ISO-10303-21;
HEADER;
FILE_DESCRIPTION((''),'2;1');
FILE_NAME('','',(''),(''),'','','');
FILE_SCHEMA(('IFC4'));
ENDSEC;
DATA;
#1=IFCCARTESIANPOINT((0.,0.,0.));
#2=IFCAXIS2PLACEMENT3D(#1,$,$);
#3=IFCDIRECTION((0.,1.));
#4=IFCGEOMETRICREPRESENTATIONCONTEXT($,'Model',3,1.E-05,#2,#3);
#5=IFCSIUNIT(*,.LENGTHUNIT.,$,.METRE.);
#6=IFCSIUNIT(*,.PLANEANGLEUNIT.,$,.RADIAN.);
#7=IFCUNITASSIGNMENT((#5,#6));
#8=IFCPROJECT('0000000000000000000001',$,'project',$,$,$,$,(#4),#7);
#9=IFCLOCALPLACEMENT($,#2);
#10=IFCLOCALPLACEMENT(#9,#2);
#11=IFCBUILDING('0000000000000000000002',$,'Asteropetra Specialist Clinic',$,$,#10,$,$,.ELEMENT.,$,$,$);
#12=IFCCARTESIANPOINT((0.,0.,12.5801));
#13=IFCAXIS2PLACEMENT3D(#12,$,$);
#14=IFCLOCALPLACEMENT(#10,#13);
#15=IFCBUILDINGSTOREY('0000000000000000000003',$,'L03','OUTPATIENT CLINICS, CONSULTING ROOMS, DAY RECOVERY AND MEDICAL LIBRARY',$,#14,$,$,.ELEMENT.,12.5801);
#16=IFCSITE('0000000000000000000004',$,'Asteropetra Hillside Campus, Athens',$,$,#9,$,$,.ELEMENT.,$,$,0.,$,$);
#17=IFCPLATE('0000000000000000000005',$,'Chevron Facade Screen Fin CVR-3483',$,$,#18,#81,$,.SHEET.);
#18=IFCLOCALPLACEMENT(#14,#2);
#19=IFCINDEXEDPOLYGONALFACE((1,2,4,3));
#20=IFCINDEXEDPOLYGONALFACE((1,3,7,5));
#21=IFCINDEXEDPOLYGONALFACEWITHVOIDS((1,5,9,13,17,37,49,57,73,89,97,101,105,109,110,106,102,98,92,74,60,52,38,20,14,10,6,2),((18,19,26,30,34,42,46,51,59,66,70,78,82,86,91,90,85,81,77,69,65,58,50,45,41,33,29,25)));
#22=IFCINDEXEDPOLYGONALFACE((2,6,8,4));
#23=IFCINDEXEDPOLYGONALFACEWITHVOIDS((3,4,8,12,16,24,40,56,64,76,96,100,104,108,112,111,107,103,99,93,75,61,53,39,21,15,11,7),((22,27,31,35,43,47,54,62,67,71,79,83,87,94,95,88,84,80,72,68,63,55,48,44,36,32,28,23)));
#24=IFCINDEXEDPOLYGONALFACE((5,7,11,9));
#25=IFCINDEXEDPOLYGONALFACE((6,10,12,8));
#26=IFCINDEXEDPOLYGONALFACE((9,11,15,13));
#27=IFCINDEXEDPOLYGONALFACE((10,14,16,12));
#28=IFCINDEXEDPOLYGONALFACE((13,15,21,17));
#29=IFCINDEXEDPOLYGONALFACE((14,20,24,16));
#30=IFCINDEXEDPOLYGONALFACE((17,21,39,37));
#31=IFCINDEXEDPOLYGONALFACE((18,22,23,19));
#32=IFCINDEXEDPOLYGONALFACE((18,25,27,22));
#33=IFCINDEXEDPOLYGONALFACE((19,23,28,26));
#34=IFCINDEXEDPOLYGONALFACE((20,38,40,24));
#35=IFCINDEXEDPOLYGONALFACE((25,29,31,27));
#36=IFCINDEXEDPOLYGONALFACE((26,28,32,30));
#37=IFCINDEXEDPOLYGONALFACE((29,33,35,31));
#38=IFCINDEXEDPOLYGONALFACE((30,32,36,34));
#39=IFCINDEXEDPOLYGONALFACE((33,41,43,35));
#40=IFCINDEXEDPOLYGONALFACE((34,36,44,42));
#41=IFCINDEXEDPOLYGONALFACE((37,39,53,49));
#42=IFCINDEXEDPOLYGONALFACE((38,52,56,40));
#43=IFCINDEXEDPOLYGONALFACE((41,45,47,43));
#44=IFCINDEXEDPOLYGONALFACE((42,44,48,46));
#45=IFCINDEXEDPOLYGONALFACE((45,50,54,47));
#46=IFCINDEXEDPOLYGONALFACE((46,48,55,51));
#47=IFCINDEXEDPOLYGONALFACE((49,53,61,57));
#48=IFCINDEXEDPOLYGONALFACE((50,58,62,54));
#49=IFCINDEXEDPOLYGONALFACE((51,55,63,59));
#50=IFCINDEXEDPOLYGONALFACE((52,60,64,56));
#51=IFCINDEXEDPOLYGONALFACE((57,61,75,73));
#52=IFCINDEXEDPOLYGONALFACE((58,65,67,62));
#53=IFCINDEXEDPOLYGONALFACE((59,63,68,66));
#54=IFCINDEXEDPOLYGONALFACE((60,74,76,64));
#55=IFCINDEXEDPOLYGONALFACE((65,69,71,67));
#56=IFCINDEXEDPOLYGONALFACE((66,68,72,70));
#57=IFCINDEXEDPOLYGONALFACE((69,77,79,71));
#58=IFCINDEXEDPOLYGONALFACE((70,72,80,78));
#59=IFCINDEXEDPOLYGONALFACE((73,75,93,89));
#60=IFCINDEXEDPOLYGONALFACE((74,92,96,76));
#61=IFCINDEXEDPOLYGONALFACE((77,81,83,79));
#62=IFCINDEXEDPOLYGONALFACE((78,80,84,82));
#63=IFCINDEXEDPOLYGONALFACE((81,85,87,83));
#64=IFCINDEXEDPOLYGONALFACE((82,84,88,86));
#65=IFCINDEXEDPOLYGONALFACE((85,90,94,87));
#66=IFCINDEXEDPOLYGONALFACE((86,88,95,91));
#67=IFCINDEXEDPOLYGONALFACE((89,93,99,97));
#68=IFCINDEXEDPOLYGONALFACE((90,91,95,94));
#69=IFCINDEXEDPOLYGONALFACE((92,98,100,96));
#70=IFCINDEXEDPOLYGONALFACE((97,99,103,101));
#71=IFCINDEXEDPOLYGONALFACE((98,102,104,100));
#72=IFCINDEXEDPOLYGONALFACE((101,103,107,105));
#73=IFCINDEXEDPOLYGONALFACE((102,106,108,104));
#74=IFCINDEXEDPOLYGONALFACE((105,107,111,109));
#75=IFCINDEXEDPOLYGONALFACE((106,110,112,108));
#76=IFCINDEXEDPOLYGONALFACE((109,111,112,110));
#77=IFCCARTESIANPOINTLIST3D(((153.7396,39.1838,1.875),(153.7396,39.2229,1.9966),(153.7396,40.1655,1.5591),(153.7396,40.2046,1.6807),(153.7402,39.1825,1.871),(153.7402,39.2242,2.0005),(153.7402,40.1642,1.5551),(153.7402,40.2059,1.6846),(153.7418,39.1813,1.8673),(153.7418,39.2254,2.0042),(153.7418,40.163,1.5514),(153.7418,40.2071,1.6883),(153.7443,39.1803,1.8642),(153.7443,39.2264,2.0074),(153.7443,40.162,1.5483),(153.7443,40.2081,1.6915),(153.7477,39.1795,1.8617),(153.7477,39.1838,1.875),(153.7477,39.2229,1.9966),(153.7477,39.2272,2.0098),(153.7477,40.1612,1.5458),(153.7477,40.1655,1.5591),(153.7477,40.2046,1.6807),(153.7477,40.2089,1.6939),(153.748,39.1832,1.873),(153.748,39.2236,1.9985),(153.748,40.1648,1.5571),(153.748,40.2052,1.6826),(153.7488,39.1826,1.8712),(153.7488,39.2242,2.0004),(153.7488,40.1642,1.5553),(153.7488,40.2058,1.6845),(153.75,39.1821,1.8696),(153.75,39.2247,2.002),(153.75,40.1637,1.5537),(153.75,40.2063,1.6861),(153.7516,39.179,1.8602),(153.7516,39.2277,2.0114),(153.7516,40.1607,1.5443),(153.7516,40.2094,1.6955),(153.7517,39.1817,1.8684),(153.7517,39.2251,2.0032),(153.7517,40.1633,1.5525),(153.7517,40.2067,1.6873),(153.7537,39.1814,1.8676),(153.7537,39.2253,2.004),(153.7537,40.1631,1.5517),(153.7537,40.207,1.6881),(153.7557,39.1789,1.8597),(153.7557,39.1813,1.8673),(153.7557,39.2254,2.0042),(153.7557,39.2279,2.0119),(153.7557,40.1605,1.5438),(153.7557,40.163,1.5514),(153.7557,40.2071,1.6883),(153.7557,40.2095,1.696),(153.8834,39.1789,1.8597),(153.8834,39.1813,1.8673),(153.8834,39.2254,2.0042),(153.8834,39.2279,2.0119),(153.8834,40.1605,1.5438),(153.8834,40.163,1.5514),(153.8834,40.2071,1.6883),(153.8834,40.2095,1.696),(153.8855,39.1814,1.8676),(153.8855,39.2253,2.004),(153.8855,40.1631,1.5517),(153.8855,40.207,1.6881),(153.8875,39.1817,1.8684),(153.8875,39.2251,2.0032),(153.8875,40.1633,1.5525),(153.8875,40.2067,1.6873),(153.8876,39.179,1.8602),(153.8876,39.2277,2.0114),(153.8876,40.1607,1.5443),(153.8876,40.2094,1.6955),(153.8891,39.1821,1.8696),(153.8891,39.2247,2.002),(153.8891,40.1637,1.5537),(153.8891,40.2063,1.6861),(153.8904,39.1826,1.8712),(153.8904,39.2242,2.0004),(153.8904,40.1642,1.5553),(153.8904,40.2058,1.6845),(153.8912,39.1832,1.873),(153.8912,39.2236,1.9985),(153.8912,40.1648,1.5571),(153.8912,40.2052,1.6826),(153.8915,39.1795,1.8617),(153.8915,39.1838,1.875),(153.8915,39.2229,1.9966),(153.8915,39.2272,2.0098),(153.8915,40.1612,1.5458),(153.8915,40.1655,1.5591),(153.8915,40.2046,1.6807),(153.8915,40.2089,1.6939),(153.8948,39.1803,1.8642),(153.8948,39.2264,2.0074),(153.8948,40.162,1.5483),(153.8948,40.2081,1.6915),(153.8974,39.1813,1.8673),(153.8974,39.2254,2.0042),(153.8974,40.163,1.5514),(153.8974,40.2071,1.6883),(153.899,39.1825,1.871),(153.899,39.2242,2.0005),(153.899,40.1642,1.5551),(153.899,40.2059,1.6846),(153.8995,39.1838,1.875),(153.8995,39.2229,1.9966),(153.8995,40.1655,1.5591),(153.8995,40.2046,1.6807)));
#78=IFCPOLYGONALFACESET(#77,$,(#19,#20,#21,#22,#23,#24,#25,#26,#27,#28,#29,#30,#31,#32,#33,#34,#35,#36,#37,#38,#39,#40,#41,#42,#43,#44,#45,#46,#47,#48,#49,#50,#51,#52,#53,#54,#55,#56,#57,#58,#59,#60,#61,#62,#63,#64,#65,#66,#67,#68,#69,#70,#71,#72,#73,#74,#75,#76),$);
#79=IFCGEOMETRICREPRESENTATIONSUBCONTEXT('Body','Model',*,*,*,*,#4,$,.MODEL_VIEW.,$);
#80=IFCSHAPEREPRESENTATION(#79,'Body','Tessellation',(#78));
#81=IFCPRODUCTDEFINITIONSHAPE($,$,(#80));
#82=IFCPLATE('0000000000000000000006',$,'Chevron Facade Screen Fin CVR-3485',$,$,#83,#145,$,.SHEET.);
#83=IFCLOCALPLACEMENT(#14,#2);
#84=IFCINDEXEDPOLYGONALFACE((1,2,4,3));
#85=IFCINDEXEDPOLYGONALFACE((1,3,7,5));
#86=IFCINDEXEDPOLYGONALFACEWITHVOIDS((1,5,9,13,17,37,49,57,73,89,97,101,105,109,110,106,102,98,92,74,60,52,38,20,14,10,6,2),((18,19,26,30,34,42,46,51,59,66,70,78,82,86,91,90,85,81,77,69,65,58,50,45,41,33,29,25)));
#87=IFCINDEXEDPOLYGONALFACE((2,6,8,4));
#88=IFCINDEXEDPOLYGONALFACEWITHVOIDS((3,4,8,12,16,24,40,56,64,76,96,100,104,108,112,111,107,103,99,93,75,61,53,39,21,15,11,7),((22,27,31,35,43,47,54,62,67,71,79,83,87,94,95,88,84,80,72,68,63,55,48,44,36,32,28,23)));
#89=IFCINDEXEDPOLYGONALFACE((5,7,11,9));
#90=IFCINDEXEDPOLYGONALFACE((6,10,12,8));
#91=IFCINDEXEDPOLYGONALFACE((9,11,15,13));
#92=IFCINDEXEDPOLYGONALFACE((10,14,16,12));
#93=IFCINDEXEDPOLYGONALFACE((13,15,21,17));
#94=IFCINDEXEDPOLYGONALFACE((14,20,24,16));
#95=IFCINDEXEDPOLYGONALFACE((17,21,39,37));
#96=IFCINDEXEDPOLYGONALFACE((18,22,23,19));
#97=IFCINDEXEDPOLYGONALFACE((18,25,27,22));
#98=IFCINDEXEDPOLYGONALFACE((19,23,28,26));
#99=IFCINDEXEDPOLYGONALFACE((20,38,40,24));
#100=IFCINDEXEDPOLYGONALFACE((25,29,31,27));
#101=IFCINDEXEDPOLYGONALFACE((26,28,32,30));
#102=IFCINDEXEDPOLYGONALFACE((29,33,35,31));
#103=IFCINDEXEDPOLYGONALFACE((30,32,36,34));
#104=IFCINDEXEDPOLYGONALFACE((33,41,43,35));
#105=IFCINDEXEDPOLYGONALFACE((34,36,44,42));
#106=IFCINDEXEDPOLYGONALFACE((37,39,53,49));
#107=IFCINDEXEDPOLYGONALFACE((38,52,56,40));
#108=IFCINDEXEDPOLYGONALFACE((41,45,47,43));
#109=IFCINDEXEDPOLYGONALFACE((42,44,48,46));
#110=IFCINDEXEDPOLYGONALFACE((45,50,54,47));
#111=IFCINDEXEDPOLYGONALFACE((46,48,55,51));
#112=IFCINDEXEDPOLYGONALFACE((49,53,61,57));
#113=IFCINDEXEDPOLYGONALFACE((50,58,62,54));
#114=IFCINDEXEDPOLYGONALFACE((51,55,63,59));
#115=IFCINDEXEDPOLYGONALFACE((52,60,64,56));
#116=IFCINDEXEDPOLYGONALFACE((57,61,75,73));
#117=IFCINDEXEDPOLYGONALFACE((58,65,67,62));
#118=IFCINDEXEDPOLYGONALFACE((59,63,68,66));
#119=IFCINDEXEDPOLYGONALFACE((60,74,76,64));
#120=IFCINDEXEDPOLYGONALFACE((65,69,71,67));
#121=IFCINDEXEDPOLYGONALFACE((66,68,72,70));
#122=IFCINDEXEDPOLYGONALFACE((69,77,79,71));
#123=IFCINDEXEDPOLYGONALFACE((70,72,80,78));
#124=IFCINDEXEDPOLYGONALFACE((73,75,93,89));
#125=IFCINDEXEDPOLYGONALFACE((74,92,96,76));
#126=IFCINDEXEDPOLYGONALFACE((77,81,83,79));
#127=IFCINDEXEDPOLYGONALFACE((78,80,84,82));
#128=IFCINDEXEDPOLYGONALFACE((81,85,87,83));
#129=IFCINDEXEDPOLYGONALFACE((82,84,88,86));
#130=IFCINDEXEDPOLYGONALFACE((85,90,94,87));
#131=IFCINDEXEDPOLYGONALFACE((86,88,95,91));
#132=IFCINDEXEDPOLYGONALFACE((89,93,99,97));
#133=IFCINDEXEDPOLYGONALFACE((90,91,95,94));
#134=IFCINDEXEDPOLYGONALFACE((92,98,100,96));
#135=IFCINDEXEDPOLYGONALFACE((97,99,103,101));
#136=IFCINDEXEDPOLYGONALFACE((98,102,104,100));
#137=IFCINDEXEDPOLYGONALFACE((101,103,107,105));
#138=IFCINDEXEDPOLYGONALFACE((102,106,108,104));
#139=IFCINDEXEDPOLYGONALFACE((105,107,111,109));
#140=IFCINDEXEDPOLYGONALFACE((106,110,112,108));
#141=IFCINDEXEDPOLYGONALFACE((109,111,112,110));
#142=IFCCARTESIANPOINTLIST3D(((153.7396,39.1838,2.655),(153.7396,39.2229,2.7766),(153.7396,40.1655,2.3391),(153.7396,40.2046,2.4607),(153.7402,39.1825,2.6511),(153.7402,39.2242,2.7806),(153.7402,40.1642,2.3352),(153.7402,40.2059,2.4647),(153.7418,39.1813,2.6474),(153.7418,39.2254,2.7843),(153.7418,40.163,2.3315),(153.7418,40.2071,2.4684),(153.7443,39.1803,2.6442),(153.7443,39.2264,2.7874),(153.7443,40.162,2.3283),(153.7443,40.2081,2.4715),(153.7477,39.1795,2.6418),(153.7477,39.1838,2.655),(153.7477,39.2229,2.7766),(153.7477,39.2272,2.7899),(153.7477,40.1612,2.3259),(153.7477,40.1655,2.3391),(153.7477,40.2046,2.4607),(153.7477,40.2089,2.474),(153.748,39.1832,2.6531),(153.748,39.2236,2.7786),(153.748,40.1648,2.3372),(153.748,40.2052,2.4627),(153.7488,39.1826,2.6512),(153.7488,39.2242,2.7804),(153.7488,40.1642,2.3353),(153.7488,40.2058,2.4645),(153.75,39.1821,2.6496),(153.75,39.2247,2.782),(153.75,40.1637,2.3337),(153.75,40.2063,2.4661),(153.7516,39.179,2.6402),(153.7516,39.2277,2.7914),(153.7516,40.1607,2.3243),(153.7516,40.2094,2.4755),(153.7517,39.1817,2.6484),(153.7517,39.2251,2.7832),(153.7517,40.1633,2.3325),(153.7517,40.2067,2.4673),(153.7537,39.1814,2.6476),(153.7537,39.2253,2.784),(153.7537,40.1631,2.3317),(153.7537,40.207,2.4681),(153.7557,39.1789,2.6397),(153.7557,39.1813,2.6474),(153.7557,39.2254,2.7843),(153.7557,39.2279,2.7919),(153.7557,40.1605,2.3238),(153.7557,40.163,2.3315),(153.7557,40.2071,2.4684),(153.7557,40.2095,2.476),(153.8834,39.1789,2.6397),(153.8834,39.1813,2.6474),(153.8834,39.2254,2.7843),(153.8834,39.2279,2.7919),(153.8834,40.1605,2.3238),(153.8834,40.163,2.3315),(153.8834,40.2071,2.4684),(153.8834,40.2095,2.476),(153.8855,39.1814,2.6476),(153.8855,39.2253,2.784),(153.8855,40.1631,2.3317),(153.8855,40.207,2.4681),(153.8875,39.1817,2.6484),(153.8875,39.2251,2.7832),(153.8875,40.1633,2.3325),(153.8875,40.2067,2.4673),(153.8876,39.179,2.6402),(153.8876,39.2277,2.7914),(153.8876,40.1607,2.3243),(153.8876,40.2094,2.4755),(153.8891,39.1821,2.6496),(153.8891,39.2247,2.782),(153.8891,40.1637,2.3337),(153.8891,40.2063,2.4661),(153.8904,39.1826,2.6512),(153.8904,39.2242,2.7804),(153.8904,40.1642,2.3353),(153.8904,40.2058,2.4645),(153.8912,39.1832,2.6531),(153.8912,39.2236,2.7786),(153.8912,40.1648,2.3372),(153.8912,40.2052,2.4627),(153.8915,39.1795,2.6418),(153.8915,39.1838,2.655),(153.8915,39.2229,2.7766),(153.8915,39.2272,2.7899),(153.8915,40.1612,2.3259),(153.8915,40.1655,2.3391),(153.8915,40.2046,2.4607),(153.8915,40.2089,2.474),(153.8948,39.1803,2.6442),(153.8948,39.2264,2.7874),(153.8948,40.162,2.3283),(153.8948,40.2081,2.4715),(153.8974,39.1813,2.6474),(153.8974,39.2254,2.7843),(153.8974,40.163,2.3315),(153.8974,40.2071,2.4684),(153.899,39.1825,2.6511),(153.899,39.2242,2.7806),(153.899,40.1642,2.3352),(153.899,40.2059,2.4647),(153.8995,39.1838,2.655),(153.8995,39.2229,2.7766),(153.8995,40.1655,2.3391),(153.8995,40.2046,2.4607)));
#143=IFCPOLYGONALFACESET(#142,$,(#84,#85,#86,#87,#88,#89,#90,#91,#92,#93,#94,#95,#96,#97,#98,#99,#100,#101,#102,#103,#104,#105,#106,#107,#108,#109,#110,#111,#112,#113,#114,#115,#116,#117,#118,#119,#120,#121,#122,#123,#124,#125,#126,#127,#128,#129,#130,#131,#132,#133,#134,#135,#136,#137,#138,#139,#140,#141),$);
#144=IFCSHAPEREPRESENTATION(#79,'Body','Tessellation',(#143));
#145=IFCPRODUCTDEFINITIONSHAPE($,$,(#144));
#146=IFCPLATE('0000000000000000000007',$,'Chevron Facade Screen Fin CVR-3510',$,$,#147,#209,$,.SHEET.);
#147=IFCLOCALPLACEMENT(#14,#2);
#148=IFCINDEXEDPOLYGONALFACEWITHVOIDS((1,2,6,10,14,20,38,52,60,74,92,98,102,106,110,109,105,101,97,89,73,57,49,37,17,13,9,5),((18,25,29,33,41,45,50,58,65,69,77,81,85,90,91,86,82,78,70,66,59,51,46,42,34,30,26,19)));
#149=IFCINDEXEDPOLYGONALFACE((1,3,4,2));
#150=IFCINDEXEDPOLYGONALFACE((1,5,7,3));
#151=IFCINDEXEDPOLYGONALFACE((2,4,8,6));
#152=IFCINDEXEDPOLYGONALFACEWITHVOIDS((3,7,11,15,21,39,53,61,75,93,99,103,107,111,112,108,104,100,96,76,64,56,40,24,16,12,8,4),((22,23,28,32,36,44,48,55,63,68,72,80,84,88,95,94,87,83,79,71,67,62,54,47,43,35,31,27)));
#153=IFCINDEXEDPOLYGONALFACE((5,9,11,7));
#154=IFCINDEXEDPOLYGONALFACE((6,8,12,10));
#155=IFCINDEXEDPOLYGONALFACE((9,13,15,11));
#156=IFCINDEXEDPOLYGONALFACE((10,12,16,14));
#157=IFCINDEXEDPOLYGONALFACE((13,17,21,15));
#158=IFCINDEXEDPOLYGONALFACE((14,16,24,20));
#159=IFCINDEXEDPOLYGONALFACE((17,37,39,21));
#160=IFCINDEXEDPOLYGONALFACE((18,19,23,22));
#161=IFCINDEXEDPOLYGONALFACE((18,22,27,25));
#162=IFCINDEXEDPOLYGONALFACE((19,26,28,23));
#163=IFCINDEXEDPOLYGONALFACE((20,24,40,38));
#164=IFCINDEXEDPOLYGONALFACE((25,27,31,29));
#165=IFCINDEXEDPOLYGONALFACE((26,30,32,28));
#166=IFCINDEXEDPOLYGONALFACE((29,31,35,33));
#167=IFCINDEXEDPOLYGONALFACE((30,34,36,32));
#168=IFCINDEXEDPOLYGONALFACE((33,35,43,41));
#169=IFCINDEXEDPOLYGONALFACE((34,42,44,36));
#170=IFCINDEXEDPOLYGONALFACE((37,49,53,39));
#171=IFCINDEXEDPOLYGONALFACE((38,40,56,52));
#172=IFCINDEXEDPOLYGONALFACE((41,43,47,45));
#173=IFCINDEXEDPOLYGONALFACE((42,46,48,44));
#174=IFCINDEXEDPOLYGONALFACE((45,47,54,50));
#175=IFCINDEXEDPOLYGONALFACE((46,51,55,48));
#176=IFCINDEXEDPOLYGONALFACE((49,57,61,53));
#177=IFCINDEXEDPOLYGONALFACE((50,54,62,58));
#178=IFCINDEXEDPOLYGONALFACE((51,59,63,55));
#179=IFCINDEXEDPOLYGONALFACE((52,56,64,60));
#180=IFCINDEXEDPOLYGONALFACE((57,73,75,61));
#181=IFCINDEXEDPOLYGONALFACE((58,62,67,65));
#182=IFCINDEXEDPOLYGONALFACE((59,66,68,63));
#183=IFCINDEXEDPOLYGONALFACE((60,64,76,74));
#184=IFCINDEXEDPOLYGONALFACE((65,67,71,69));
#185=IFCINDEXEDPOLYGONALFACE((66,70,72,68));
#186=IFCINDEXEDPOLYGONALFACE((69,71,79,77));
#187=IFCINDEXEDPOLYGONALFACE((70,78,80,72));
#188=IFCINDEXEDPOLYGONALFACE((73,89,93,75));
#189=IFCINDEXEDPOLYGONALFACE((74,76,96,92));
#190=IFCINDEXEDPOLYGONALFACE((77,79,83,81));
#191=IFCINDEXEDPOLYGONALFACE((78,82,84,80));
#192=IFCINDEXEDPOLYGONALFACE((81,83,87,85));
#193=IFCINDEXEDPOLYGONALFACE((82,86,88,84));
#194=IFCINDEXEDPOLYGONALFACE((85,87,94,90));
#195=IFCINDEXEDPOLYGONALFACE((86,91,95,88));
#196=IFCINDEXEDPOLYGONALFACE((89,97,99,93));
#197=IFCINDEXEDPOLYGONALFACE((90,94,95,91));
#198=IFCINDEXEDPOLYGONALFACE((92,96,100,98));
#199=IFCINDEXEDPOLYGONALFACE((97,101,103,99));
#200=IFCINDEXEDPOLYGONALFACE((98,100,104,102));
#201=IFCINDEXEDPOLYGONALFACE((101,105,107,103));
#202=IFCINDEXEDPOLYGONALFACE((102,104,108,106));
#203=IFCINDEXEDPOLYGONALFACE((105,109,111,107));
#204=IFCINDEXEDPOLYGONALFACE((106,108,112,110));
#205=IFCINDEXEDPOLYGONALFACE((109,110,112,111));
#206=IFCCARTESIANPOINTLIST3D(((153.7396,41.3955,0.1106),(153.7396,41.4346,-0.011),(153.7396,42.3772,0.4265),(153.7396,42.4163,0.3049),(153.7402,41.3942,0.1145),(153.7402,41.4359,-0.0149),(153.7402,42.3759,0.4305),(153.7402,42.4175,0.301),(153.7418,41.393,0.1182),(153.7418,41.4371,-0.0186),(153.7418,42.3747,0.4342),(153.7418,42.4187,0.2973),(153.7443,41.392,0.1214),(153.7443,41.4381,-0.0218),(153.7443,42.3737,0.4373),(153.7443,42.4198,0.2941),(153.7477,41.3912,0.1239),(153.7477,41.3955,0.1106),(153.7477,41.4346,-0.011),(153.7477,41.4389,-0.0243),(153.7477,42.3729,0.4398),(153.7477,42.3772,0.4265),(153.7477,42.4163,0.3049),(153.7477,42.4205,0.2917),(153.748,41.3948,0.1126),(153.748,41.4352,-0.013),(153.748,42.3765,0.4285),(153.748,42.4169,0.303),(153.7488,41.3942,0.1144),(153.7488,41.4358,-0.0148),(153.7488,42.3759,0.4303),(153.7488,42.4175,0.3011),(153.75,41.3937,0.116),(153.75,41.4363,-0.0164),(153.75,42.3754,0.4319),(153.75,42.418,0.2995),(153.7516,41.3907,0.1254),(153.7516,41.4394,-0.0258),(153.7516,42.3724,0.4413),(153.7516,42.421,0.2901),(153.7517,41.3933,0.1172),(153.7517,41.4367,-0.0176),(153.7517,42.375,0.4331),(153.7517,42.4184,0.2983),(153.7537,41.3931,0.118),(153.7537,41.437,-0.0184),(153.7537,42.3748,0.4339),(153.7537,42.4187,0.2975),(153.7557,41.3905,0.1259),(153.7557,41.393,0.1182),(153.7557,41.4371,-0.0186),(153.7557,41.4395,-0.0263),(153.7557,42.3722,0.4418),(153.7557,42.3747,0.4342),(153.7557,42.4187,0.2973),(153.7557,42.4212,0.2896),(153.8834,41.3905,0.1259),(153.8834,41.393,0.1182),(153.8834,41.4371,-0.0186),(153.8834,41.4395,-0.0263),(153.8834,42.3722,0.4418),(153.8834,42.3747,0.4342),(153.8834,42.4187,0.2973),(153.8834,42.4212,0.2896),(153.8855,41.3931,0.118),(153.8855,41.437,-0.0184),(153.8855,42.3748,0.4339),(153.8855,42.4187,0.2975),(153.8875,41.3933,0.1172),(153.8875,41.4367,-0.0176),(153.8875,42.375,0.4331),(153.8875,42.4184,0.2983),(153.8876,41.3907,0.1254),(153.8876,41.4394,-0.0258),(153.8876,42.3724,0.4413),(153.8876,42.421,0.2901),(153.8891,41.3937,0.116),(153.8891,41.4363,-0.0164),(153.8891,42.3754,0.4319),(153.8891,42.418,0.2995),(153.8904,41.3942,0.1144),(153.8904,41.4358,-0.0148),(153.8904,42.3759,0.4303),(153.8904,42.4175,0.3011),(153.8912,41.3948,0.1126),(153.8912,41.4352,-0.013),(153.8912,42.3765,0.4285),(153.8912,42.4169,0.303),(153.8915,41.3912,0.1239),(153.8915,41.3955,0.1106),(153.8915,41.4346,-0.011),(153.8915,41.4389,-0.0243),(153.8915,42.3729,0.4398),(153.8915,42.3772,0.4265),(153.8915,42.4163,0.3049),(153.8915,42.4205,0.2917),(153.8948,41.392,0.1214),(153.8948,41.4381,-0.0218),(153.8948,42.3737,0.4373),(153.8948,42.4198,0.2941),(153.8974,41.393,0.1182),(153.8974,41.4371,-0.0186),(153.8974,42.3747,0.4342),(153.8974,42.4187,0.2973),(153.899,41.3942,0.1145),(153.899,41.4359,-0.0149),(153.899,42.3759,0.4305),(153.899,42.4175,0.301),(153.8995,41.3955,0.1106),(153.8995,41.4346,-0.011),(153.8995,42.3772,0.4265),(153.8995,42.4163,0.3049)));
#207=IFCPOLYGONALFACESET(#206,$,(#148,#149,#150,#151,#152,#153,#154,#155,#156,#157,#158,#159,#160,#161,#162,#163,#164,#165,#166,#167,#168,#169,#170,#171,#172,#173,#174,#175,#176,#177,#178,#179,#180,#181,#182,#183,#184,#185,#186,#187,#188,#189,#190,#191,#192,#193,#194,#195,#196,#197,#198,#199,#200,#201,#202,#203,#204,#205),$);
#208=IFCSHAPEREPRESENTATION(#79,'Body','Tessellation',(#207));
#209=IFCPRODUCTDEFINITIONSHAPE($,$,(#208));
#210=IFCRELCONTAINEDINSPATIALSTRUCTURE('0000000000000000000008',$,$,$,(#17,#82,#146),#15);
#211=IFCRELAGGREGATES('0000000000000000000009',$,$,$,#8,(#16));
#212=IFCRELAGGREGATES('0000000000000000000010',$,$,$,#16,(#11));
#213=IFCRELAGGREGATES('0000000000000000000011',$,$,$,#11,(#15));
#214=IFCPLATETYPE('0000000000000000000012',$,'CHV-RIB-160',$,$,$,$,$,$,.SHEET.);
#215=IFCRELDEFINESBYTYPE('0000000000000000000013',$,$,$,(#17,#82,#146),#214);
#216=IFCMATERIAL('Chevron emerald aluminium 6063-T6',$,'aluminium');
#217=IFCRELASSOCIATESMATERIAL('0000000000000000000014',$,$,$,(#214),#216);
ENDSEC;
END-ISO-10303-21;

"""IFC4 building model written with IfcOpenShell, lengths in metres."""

from ifc_helpers import new_model, si_unit, direction, frame, origin, origin_2d, place, context, subcontext, project, spatial, hollow_rectangle, extrude, material, material_profile, profile_set, type_object, element, save


model = new_model("IFC4")

# Units and contexts
model_context = context("Model", 3, precision=1e-05, world=origin(), true_north=direction((0.0, 1.0)))
body_context = subcontext(model_context, "Body", "Model", "MODEL_VIEW")
ifc_project = project(units=[si_unit("LENGTHUNIT", "METRE"), si_unit("PLANEANGLEUNIT", "RADIAN")], contexts=[model_context])

# Site, building, storey
site_placement = place(None, origin())
site = spatial("IfcSite", under=ifc_project, at=site_placement, Name="Asteropetra Hillside Campus, Athens", CompositionType="ELEMENT", RefElevation=0.0)
building_placement = place(site_placement, origin())
building = spatial("IfcBuilding", under=site, at=building_placement, Name="Asteropetra Specialist Clinic", CompositionType="ELEMENT")
storey_placement = place(building_placement, frame((0.0, 0.0, 12.5801)))
storey = spatial("IfcBuildingStorey", under=building, at=storey_placement, Name="L03", Description="OUTPATIENT CLINICS, CONSULTING ROOMS, DAY RECOVERY AND MEDICAL LIBRARY", CompositionType="ELEMENT", Elevation=12.5801)

# Plates
ifc_material_1 = material(Name="Chevron emerald aluminium 6063-T6", Category="aluminium")
ifc_material_profile_1 = material_profile(ifc_material_1, hollow_rectangle(XDim=0.1599, YDim=0.1599, WallThickness=0.0081, InnerFilletRadius=0.0081, OuterFilletRadius=0.0161, at=origin_2d()), Name="SHS 160x160x8.0")
ifc_profile_set_1 = profile_set([ifc_material_profile_1], Name="Chevron emerald aluminium 6063-T6")
plate_type_1 = type_object("IfcPlateType", Name="CHV-RIB-160", PredefinedType="SHEET", material=ifc_profile_set_1)
for number, where, z_axis, x_axis, name in (
    (1, (153.8196, 39.2034, 1.9358), (0.0, 0.951923, -0.306339), (-1.0, 0.0, 0.0), "Chevron Facade Screen Fin CVR-3483"),
    (2, (153.8196, 39.2034, 2.7158), (0.0, 0.951923, -0.306339), (-1.0, 0.0, 0.0), "Chevron Facade Screen Fin CVR-3485"),
    (3, (153.8196, 41.415, 0.0498), (0.0, 0.951923, 0.306339), (-1.0, 0.0, 0.0), "Chevron Facade Screen Fin CVR-3510"),
):
    element("IfcPlate", number, at=place(storey_placement, frame(where, z_axis=z_axis, x_axis=x_axis)), inside=storey, type_object=plate_type_1, Name=name, PredefinedType="SHEET", context=body_context, shape_type="SweptSolid", body=[
        extrude(hollow_rectangle(XDim=0.1599, YDim=0.1599, WallThickness=0.0081, InnerFilletRadius=0.0081, OuterFilletRadius=0.0161, at=origin_2d()), origin(), (0.0, 0.0, 1.0), 1.0312),
    ])

save(model, "model.ifc")
